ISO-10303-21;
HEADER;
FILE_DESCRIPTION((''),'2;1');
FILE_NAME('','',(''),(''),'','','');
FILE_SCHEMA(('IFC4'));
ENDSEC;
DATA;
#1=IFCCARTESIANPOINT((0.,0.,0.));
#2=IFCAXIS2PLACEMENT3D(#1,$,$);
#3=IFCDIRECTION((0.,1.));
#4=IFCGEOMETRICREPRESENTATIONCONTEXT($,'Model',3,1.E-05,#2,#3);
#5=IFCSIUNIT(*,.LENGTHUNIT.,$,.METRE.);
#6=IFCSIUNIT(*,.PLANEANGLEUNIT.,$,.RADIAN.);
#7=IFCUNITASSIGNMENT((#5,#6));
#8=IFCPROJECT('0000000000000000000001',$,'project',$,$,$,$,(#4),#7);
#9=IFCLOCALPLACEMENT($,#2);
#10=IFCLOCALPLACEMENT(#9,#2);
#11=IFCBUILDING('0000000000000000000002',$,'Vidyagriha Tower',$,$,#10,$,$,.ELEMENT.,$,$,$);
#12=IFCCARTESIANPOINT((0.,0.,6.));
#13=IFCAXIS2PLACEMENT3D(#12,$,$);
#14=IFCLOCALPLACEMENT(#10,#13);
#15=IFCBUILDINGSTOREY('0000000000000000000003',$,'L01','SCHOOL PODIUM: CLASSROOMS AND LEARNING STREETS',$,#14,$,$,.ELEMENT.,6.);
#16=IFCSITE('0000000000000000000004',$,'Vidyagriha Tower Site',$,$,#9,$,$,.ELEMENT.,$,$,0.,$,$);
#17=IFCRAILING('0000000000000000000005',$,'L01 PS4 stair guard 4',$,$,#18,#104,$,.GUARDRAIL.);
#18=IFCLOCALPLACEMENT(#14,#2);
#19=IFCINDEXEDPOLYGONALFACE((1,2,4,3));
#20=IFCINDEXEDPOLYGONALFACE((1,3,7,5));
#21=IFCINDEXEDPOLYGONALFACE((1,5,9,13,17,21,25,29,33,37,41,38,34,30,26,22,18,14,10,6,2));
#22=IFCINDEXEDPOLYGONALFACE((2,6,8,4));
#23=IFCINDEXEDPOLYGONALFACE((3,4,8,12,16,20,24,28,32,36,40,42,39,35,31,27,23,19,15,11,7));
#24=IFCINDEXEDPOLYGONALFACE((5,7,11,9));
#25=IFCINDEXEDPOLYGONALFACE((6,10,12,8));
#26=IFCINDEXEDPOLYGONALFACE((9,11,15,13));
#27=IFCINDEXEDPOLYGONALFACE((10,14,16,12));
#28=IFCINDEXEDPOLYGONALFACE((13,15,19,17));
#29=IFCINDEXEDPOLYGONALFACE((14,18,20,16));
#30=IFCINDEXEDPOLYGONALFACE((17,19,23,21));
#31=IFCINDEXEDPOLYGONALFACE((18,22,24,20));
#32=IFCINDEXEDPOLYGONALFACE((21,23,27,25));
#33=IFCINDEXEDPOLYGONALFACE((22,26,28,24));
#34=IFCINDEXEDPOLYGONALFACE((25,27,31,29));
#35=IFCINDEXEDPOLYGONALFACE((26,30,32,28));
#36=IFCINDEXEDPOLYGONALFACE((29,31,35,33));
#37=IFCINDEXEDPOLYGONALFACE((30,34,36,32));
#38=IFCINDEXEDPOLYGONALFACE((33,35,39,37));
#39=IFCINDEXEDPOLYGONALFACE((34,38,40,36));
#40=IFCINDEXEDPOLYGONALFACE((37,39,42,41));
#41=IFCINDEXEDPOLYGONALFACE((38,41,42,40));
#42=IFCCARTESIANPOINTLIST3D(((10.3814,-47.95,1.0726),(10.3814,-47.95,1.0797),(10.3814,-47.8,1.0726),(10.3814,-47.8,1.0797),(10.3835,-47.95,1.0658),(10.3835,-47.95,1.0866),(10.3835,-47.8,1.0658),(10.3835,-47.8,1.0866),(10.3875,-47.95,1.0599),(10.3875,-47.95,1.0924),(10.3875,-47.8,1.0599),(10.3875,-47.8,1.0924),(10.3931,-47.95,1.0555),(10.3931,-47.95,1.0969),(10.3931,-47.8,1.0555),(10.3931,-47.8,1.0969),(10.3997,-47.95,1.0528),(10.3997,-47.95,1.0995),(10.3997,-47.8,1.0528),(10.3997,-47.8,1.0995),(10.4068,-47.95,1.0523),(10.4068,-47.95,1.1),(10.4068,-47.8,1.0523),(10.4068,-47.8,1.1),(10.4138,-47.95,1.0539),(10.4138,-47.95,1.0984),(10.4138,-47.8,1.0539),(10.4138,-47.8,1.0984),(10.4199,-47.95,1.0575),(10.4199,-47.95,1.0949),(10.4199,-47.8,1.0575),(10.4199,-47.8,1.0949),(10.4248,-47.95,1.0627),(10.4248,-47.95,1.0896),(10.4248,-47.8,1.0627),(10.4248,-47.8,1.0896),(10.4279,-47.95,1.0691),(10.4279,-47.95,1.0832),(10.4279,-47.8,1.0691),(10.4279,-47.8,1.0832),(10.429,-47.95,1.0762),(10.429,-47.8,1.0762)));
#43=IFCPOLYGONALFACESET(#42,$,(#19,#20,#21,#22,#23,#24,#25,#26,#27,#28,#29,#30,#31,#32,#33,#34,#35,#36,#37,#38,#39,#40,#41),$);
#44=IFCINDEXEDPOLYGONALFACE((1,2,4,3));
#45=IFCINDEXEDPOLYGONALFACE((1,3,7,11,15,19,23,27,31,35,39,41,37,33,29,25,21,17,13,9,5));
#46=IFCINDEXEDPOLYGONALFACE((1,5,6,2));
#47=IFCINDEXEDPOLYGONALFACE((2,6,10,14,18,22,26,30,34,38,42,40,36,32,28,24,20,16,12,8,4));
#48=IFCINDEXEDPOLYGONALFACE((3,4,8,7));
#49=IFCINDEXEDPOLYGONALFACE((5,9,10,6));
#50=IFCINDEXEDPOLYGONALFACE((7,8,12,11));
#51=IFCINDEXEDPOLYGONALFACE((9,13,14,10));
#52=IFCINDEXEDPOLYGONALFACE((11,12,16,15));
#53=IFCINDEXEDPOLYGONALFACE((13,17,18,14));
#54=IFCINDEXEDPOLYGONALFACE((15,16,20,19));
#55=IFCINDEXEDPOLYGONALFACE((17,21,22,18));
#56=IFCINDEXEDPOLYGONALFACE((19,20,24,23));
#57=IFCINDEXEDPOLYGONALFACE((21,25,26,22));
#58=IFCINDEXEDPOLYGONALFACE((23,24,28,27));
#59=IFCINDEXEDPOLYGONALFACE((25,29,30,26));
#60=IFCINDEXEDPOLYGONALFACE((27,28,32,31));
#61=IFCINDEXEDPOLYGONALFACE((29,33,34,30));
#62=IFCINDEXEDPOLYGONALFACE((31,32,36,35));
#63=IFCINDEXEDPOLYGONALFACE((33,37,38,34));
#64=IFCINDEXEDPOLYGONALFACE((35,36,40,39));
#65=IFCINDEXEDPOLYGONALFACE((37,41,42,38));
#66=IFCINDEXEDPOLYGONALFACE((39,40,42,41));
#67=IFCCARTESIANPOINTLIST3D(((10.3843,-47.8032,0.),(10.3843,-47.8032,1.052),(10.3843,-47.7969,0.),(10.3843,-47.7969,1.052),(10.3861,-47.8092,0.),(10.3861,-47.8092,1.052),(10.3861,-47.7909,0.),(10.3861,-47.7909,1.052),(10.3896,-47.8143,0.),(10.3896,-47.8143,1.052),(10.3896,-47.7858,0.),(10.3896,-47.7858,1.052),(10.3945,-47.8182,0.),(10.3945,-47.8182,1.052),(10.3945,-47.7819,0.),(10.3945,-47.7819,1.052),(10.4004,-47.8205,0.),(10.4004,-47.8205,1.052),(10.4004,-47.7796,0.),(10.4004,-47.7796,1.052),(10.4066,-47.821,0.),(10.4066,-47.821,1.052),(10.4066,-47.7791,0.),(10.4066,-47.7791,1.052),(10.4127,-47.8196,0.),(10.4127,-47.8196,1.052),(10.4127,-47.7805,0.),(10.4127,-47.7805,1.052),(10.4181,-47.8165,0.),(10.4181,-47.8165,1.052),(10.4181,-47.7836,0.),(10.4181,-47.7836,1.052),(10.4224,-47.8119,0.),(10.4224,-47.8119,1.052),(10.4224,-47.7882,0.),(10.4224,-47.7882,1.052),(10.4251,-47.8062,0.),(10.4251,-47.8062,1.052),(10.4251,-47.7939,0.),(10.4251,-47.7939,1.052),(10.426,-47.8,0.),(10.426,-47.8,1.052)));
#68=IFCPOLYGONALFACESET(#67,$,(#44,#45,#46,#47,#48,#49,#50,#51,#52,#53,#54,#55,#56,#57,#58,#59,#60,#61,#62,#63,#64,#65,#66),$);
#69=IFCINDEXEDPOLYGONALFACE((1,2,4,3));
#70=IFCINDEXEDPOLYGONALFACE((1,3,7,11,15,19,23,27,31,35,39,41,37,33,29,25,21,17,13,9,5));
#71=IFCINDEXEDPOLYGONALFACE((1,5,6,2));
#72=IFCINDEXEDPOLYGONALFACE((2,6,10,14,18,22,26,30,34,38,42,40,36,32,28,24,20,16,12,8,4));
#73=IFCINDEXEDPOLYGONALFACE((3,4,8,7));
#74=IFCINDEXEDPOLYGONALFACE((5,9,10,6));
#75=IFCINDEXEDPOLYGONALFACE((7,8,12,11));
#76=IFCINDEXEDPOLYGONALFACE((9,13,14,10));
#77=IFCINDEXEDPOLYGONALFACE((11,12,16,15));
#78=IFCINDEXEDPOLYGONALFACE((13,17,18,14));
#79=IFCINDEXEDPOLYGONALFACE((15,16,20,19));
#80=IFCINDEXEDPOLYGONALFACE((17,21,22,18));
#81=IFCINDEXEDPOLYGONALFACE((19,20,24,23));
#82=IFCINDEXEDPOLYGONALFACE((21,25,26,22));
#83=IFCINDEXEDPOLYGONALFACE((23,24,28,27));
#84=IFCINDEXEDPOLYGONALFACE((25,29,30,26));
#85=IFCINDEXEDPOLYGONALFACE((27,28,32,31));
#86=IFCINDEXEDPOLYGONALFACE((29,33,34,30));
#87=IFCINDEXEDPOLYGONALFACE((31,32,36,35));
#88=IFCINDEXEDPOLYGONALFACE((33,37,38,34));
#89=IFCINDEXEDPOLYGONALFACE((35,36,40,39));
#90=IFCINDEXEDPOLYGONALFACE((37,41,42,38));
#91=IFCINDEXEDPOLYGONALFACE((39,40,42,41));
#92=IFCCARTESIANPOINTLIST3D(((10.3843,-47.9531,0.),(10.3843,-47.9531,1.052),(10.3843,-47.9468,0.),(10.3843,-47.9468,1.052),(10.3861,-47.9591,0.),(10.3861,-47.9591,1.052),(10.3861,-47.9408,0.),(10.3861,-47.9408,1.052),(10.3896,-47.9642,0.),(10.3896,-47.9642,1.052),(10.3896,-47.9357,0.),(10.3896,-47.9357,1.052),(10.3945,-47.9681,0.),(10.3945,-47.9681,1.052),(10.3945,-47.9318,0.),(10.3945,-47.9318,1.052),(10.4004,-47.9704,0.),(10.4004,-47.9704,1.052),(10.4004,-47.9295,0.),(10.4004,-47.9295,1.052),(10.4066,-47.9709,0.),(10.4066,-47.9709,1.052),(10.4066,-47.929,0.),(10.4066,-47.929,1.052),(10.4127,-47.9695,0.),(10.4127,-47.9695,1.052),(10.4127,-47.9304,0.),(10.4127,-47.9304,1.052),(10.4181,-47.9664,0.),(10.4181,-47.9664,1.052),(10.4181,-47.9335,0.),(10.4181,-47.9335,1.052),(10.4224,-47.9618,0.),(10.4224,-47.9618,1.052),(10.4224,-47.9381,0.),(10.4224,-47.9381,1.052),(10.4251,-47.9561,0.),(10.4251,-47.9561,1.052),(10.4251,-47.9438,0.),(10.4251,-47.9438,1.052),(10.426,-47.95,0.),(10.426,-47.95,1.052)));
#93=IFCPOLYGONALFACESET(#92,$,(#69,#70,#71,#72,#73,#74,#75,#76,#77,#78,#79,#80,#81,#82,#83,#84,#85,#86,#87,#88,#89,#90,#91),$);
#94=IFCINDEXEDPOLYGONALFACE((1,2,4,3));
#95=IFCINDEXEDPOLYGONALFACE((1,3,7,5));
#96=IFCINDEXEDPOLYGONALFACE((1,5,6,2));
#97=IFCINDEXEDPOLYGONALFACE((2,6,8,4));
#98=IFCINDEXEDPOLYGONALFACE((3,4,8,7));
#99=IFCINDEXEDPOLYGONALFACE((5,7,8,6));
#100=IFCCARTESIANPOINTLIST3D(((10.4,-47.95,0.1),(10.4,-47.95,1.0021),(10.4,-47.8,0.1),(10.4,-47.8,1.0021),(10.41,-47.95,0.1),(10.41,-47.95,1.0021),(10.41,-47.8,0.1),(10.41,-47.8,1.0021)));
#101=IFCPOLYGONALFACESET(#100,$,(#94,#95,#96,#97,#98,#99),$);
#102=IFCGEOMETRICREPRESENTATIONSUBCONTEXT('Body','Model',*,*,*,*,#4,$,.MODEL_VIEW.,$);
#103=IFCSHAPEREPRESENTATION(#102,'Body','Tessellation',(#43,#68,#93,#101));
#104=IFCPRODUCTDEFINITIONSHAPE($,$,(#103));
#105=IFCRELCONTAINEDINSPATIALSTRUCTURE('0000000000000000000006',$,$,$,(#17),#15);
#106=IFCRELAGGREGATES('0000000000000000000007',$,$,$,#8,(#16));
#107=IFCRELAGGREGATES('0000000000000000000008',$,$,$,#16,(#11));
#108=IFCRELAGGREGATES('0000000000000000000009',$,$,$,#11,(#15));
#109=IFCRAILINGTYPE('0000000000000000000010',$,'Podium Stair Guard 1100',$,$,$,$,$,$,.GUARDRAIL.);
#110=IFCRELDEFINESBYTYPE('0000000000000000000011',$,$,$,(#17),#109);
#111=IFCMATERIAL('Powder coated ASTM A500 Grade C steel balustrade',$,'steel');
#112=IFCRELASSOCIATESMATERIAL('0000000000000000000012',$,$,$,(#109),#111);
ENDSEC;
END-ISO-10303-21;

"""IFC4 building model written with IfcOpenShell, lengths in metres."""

from ifc_helpers import new_model, si_unit, direction, frame, origin, origin_2d, place, context, subcontext, project, spatial, rectangle, circle, extrude, material, type_object, element, save


model = new_model("IFC4")

# Units and contexts
model_context = context("Model", 3, precision=1e-05, world=origin(), true_north=direction((0.0, 1.0)))
body_context = subcontext(model_context, "Body", "Model", "MODEL_VIEW")
ifc_project = project(units=[si_unit("LENGTHUNIT", "METRE"), si_unit("PLANEANGLEUNIT", "RADIAN")], contexts=[model_context])

# Site, building, storey
site_placement = place(None, origin())
site = spatial("IfcSite", under=ifc_project, at=site_placement, Name="Vidyagriha Tower Site", CompositionType="ELEMENT", RefElevation=0.0)
building_placement = place(site_placement, origin())
building = spatial("IfcBuilding", under=site, at=building_placement, Name="Vidyagriha Tower", CompositionType="ELEMENT")
storey_placement = place(building_placement, frame((0.0, 0.0, 6.0)))
storey = spatial("IfcBuildingStorey", under=building, at=storey_placement, Name="L01", Description="SCHOOL PODIUM: CLASSROOMS AND LEARNING STREETS", CompositionType="ELEMENT", Elevation=6.0)

# Railing
ifc_material_1 = material(Name="Powder coated ASTM A500 Grade C steel balustrade", Category="steel")
railing_type_1 = type_object("IfcRailingType", Name="Podium Stair Guard 1100", PredefinedType="GUARDRAIL", material=ifc_material_1)
railing_1_placement = place(storey_placement, frame((10.405, -47.8, 0.0)))
element("IfcRailing", 1, at=railing_1_placement, inside=storey, type_object=railing_type_1, Name="L01 PS4 stair guard 4", PredefinedType="GUARDRAIL", context=body_context, shape_type="SweptSolid", body=[
    extrude(circle(Radius=0.0239, at=origin_2d()), frame((0.0, 0.0, 1.0762), z_axis=(0.0, -1.0, 0.0), x_axis=(1.0, 0.0, 0.0)), (0.0, 0.0, 1.0), 0.1499),
    extrude(circle(Radius=0.021, at=origin_2d()), origin(), (0.0, 0.0, 1.0), 1.052),
    extrude(circle(Radius=0.021, at=origin_2d()), frame((0.0, -0.1499, 0.0)), (0.0, 0.0, 1.0), 1.052),
    extrude(rectangle(XDim=0.01, YDim=0.9021, at=origin_2d()), frame((0.0, 0.0, 0.551), z_axis=(0.0, -1.0, 0.0), x_axis=(1.0, 0.0, 0.0)), (0.0, 0.0, 1.0), 0.1499),
])

save(model, "model.ifc")
